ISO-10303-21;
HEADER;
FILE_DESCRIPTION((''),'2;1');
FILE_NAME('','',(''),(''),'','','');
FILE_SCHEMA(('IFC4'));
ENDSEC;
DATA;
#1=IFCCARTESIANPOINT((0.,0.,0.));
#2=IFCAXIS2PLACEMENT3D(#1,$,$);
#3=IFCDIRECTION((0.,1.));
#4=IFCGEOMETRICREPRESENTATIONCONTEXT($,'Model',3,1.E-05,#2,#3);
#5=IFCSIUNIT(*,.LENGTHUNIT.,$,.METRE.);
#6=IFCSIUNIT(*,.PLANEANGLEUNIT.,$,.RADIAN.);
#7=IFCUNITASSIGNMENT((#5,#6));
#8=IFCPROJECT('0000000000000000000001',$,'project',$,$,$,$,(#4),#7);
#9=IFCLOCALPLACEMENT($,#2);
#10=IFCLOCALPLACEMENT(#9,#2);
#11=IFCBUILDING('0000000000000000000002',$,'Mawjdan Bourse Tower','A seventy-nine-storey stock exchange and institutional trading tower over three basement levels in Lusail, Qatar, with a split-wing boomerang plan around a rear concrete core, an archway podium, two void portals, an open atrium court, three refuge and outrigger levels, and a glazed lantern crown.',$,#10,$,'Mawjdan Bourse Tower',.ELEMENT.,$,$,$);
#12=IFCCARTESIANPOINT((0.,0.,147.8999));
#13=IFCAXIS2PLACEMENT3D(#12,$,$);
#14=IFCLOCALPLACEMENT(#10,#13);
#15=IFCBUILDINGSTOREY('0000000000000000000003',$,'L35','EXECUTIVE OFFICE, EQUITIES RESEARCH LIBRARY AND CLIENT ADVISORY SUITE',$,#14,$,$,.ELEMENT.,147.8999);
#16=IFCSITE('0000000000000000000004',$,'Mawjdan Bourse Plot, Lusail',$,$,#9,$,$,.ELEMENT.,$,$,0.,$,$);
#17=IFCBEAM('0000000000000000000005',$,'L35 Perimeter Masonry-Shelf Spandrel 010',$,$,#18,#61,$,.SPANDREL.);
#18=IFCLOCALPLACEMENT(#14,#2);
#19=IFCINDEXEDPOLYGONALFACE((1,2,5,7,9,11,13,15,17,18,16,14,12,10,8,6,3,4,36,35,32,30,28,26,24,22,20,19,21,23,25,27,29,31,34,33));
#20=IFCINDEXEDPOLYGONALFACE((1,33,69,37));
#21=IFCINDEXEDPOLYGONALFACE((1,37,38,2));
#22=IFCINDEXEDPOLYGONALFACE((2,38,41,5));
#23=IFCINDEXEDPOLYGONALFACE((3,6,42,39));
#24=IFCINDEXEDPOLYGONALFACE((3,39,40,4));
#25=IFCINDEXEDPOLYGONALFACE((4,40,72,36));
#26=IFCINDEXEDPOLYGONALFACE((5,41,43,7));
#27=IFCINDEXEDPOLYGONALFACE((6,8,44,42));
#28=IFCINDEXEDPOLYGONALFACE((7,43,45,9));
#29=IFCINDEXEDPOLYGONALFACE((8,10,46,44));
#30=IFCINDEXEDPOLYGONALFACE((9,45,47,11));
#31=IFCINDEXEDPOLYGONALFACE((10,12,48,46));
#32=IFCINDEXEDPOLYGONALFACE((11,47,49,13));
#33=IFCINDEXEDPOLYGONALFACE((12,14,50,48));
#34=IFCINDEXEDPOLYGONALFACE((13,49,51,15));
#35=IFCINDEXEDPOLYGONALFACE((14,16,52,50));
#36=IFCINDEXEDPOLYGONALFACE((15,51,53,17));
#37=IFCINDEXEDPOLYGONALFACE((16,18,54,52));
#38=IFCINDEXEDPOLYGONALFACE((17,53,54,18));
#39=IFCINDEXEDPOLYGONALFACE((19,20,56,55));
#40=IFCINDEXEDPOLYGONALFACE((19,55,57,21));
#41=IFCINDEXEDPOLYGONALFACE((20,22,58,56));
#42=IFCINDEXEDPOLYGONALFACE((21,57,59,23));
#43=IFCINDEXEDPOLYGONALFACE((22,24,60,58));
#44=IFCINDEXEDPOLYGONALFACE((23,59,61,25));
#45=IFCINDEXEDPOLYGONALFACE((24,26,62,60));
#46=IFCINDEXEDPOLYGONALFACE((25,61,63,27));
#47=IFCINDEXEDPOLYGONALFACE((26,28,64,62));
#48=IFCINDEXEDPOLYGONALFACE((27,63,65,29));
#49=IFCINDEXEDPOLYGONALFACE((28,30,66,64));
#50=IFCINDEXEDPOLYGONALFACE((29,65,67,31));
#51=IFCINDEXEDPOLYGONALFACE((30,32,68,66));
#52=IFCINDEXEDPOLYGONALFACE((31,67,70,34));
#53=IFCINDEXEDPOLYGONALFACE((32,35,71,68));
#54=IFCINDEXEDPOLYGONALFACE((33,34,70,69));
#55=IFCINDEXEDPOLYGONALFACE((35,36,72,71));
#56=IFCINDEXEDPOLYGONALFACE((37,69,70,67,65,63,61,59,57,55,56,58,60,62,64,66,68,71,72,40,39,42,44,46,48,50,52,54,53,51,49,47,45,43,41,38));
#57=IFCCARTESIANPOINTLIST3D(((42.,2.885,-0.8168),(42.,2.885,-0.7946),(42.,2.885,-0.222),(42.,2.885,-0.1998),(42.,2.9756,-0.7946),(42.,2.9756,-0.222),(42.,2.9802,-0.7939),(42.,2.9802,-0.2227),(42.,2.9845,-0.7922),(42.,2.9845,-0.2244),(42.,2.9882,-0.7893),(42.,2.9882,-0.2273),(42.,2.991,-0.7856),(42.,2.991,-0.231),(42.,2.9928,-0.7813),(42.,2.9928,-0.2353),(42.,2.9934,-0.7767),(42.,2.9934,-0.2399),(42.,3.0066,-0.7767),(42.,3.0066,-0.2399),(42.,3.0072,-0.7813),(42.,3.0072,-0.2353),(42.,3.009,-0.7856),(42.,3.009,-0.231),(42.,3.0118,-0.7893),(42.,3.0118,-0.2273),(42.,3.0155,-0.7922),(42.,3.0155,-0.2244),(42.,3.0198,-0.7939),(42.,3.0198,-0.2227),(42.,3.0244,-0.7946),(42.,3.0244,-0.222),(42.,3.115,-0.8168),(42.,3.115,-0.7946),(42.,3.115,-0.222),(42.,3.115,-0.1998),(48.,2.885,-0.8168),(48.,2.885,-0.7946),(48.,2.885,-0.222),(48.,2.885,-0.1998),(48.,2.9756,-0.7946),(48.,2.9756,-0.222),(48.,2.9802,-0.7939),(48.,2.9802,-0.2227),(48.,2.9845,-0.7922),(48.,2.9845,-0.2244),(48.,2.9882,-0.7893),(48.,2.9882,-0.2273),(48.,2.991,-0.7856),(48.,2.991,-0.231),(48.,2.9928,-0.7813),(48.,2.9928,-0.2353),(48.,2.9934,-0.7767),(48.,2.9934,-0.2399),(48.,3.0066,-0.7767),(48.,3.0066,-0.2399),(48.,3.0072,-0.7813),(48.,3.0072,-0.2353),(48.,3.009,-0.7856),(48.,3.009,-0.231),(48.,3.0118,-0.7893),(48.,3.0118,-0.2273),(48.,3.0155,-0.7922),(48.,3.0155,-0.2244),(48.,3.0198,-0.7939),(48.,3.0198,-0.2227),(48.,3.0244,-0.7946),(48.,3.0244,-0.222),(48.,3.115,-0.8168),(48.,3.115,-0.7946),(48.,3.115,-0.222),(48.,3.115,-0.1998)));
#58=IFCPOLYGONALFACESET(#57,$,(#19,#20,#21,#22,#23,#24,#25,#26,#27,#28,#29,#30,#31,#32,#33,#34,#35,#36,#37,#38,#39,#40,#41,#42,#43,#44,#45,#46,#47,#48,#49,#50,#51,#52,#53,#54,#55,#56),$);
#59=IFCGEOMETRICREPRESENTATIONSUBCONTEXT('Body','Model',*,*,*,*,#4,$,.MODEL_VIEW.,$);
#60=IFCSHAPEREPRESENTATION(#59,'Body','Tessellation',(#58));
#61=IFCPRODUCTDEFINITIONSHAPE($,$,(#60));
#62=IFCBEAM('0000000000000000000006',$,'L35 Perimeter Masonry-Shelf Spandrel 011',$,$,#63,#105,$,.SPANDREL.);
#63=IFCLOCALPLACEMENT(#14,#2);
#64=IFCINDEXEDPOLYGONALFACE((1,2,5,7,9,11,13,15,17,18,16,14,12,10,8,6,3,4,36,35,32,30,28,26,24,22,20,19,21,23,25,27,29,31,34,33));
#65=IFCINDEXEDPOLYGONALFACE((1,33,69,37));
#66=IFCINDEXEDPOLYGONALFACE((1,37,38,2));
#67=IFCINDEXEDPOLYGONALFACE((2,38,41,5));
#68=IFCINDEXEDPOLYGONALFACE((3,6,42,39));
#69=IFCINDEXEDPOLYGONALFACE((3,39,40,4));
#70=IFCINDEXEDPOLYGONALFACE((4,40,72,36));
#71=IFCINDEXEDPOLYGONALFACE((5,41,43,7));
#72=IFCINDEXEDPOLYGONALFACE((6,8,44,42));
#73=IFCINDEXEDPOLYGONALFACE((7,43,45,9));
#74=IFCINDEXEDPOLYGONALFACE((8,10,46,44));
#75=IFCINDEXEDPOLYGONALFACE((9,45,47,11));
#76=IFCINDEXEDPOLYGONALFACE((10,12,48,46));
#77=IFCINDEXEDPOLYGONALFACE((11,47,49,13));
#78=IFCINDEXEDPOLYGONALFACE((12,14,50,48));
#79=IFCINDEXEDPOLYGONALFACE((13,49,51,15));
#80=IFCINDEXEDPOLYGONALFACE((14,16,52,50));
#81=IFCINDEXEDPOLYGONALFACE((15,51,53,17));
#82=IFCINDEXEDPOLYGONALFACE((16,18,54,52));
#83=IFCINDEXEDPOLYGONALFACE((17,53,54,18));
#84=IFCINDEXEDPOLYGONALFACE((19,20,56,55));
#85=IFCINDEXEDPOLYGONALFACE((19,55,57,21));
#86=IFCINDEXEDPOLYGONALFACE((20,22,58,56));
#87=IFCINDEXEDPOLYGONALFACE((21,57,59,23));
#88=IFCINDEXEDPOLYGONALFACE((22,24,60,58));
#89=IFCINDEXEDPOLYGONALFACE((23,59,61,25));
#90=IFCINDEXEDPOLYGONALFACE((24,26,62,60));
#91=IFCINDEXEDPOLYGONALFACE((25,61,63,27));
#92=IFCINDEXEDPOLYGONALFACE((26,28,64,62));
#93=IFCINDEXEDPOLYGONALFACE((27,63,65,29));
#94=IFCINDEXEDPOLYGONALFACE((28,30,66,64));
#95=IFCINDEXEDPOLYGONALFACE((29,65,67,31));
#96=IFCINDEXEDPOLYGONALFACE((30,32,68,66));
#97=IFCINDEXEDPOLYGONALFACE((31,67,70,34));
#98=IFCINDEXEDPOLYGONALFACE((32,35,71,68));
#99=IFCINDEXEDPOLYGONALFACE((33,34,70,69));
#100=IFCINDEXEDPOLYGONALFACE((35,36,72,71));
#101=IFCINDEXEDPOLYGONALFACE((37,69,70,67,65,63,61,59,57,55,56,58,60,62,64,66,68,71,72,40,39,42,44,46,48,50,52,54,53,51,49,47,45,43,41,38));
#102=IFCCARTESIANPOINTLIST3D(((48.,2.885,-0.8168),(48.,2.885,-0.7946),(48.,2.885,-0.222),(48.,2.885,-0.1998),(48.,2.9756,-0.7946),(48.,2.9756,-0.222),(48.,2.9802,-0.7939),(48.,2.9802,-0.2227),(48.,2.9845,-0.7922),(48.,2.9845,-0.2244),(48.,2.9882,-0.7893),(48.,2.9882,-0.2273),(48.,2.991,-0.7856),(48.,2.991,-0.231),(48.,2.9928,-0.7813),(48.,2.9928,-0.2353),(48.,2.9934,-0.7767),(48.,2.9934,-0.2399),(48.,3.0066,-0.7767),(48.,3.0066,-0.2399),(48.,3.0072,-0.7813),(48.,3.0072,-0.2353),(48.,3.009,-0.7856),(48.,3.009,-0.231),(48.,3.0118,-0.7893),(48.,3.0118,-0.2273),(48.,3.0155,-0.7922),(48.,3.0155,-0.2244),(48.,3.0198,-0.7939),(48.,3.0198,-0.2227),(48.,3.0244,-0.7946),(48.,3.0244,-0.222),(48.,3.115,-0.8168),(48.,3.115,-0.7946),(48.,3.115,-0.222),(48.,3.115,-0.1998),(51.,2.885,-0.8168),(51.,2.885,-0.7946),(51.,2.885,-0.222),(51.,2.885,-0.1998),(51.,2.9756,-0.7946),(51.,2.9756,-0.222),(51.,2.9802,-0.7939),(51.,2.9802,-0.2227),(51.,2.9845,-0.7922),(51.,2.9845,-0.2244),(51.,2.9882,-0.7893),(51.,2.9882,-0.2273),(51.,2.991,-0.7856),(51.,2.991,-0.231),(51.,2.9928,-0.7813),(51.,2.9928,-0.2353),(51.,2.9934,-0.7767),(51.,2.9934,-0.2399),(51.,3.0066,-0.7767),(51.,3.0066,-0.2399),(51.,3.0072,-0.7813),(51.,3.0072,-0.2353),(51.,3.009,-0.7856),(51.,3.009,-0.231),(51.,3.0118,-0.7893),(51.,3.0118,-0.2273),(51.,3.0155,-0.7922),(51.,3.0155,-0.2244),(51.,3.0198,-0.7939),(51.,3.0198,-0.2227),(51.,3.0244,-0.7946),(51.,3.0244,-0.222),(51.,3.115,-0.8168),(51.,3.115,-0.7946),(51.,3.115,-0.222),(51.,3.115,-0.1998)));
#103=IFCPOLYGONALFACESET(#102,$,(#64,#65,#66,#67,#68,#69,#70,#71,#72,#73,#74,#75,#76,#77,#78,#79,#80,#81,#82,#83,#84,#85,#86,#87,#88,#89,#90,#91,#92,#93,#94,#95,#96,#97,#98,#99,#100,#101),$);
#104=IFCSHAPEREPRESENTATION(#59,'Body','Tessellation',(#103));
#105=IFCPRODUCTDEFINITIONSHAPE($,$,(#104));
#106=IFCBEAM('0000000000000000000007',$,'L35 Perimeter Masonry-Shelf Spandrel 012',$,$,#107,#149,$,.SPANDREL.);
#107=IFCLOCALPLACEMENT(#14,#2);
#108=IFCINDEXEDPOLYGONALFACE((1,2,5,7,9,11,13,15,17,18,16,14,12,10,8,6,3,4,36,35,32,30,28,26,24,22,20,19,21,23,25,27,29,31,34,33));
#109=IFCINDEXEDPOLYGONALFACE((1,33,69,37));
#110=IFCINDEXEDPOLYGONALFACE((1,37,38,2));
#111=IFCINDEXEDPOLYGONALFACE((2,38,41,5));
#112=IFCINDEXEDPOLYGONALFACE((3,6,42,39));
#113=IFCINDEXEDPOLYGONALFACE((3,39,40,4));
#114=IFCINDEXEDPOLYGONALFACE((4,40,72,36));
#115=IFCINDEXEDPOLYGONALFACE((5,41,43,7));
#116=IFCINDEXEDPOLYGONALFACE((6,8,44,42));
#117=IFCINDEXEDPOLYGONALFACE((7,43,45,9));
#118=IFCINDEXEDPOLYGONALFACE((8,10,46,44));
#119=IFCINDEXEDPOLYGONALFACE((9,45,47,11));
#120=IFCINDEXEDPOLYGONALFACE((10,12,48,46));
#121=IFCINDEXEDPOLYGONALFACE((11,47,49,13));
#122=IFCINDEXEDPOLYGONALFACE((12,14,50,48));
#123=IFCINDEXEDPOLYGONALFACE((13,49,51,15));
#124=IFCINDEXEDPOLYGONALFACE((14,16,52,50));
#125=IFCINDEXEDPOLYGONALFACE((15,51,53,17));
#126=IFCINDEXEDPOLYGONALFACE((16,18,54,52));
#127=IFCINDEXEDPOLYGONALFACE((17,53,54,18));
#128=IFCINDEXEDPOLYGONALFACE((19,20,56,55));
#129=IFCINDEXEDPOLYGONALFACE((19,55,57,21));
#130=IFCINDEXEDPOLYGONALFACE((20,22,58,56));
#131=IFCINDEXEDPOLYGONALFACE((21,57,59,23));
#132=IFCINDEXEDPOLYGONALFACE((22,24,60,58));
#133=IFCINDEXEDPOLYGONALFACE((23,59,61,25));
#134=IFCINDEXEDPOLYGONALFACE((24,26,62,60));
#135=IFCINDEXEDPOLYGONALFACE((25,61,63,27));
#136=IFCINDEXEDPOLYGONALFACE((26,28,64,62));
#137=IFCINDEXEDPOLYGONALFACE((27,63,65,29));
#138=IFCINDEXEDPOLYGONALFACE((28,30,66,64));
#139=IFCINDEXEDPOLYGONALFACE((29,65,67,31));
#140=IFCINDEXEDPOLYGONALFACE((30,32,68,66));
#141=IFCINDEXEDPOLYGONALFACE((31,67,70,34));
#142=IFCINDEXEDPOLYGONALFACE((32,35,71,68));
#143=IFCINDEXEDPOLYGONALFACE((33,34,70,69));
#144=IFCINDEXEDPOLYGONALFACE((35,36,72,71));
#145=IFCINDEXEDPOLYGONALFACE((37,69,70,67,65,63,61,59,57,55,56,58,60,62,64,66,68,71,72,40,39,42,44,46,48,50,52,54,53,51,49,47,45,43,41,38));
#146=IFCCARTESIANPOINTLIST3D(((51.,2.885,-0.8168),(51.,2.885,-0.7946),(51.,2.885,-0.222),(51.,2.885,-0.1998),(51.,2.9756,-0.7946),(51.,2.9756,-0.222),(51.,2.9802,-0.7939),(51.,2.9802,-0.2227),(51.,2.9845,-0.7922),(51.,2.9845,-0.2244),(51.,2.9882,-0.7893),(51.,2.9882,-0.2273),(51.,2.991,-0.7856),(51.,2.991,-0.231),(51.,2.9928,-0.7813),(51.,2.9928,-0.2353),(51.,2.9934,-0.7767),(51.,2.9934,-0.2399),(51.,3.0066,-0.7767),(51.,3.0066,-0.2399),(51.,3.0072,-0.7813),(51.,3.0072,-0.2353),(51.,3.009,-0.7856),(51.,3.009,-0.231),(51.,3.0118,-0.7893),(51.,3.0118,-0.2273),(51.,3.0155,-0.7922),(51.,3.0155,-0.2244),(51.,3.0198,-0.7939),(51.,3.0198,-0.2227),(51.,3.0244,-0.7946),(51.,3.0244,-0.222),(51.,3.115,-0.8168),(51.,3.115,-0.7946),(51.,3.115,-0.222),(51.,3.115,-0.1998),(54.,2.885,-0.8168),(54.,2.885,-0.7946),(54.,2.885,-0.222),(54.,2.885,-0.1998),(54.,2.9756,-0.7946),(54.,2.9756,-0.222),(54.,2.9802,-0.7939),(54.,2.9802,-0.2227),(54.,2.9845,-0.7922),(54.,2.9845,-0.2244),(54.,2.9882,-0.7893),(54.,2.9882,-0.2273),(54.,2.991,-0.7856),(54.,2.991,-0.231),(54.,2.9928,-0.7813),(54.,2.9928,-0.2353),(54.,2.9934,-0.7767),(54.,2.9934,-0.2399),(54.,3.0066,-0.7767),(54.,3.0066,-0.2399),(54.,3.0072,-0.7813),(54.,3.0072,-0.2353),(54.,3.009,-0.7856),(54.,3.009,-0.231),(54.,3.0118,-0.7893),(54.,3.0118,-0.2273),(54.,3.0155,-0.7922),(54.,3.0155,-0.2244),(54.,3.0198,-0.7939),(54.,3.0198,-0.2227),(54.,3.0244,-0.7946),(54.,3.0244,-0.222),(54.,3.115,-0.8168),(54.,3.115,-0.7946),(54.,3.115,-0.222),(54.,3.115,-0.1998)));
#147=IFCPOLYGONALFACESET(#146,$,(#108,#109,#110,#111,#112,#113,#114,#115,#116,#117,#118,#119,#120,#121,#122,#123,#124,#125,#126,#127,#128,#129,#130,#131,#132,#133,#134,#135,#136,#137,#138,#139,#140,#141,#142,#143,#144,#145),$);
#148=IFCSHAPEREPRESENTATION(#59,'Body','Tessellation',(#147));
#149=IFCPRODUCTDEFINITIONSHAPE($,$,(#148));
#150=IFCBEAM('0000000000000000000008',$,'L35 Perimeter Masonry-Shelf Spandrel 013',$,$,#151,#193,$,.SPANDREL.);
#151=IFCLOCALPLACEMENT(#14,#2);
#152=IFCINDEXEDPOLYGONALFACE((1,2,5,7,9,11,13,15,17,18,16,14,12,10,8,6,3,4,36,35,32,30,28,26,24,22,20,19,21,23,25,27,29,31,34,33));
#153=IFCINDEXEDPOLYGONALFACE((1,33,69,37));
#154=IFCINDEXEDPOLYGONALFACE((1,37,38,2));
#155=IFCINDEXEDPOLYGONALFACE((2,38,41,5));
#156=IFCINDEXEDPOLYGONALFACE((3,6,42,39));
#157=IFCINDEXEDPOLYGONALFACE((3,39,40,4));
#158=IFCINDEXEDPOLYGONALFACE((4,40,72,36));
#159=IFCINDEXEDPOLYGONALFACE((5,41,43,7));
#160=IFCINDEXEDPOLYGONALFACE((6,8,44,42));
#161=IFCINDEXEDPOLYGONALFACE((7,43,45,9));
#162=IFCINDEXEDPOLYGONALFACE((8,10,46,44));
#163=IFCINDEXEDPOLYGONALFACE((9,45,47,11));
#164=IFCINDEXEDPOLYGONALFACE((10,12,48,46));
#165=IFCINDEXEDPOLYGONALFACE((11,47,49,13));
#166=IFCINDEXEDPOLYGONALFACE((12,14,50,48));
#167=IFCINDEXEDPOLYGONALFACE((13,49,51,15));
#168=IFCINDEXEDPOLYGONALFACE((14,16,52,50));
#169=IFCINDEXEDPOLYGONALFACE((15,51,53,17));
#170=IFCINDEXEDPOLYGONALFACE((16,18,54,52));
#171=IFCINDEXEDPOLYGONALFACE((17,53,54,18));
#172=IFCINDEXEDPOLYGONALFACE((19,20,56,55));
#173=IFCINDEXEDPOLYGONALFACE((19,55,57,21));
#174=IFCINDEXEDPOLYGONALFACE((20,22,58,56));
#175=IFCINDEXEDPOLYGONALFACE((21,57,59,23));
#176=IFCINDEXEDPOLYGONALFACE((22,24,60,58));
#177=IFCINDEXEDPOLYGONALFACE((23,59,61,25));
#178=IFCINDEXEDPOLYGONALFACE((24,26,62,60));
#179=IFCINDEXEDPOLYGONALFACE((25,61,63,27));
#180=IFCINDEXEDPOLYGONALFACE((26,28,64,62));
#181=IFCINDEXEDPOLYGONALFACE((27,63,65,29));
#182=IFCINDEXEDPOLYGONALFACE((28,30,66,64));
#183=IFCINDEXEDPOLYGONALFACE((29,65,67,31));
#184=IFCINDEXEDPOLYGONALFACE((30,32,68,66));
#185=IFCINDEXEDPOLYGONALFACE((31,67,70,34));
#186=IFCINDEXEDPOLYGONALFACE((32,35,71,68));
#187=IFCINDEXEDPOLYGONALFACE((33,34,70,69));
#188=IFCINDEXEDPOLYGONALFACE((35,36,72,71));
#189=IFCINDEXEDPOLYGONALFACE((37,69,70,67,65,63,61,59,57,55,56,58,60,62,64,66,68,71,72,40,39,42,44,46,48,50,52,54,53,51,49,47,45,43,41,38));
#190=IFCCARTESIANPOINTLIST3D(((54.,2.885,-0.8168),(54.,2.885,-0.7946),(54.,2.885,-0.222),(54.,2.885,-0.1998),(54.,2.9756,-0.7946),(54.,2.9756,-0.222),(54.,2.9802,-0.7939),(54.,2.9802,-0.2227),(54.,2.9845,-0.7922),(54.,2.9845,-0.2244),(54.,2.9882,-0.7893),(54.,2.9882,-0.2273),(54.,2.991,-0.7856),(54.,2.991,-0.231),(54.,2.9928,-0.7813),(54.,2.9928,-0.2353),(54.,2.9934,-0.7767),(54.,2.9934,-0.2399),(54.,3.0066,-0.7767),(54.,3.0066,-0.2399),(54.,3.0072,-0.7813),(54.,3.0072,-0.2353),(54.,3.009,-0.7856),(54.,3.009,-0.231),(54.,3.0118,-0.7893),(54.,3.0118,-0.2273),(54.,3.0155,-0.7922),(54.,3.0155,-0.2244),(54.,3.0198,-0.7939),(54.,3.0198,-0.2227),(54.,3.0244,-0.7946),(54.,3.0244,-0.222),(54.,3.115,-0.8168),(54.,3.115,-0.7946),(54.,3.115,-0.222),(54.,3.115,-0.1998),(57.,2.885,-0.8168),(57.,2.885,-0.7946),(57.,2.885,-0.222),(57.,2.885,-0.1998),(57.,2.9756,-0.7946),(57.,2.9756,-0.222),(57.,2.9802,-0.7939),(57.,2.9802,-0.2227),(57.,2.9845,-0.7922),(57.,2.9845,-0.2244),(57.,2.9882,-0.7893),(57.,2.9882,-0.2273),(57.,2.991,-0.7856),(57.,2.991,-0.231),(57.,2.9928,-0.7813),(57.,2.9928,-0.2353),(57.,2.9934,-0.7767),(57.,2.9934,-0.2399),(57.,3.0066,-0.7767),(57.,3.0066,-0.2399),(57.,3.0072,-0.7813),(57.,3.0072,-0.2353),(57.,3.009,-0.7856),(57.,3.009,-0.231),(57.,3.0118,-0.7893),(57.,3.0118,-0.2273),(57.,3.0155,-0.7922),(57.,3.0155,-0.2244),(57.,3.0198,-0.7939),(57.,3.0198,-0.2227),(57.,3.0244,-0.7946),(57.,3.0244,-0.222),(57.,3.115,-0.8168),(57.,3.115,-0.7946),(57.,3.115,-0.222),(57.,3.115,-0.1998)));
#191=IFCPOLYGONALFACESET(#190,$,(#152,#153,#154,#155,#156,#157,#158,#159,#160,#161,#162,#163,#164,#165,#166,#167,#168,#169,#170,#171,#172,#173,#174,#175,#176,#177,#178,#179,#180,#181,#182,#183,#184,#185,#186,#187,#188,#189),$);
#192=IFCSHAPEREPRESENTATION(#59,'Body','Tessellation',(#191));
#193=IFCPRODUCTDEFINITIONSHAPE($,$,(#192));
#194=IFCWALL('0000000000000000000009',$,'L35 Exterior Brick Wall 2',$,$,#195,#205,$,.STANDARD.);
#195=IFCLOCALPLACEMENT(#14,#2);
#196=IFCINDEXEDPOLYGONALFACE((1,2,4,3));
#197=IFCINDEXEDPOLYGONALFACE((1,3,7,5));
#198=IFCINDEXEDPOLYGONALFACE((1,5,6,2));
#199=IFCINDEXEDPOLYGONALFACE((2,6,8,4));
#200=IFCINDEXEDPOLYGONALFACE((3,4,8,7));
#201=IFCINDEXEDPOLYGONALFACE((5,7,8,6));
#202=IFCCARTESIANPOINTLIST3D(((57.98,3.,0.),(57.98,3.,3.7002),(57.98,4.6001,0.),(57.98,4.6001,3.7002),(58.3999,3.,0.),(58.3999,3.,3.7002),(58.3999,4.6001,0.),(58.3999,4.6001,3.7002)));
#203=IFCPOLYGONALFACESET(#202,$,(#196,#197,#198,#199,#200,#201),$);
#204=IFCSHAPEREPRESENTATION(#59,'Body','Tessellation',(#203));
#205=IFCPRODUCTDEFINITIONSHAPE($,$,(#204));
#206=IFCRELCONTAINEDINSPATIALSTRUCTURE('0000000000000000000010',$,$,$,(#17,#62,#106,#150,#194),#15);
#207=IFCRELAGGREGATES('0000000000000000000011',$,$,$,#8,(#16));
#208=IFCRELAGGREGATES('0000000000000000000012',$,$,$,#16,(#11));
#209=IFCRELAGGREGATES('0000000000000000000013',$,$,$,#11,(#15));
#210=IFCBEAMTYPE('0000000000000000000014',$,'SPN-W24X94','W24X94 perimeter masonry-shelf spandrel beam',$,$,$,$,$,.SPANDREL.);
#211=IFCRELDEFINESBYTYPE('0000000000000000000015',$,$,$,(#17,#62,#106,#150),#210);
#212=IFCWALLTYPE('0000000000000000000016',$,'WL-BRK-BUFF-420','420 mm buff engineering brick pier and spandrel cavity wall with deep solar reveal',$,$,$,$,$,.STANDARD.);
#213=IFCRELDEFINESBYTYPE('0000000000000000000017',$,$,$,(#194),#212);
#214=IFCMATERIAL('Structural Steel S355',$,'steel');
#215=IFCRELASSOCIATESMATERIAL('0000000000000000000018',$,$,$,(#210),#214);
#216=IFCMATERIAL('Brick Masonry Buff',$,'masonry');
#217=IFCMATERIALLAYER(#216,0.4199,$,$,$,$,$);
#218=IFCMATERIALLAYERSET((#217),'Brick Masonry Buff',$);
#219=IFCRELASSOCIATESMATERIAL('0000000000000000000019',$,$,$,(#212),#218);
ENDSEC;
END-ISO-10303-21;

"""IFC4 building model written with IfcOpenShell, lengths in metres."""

from ifc_helpers import new_model, si_unit, direction, frame, frame_2d, origin, origin_2d, place, context, subcontext, project, spatial, rectangle, i_section, extrude, material, layer, layer_set, material_profile, profile_set, type_object, element, save


model = new_model("IFC4")

# Units and contexts
model_context = context("Model", 3, precision=1e-05, world=origin(), true_north=direction((0.0, 1.0)))
body_context = subcontext(model_context, "Body", "Model", "MODEL_VIEW")
ifc_project = project(units=[si_unit("LENGTHUNIT", "METRE"), si_unit("PLANEANGLEUNIT", "RADIAN")], contexts=[model_context])

# Site, building, storey
site_placement = place(None, origin())
site = spatial("IfcSite", under=ifc_project, at=site_placement, Name="Mawjdan Bourse Plot, Lusail", CompositionType="ELEMENT", RefElevation=0.0)
building_placement = place(site_placement, origin())
building = spatial("IfcBuilding", under=site, at=building_placement, Name="Mawjdan Bourse Tower", Description="A seventy-nine-storey stock exchange and institutional trading tower over three basement levels in Lusail, Qatar, with a split-wing boomerang plan around a rear concrete core, an archway podium, two void portals, an open atrium court, three refuge and outrigger levels, and a glazed lantern crown.", LongName="Mawjdan Bourse Tower", CompositionType="ELEMENT")
storey_placement = place(building_placement, frame((0.0, 0.0, 147.8999)))
storey = spatial("IfcBuildingStorey", under=building, at=storey_placement, Name="L35", Description="EXECUTIVE OFFICE, EQUITIES RESEARCH LIBRARY AND CLIENT ADVISORY SUITE", CompositionType="ELEMENT", Elevation=147.8999)

# Beams
ifc_material_1 = material(Name="Structural Steel S355", Category="steel")
ifc_material_profile_1 = material_profile(ifc_material_1, i_section(OverallWidth=0.23, OverallDepth=0.6169, WebThickness=0.0132, FlangeThickness=0.0222, FilletRadius=0.0178, at=origin_2d()), Name="W24X94")
ifc_profile_set_1 = profile_set([ifc_material_profile_1], Name="Structural Steel S355")
beam_type_1 = type_object("IfcBeamType", Name="SPN-W24X94", Description="W24X94 perimeter masonry-shelf spandrel beam", PredefinedType="SPANDREL", material=ifc_profile_set_1)
beam_1_placement = place(storey_placement, frame((42.0, 3.0, -0.5083), z_axis=(1.0, 0.0, 0.0), x_axis=(0.0, 1.0, 0.0)))
element("IfcBeam", 1, at=beam_1_placement, inside=storey, type_object=beam_type_1, Name="L35 Perimeter Masonry-Shelf Spandrel 010", PredefinedType="SPANDREL", context=body_context, shape_type="SweptSolid", body=[
    extrude(i_section(OverallWidth=0.23, OverallDepth=0.6169, WebThickness=0.0132, FlangeThickness=0.0222, FilletRadius=0.0178, at=origin_2d()), origin(), (0.0, 0.0, 1.0), 6.0),
])
for number, where, z_axis, x_axis, name in (
    (2, (48.0, 3.0, -0.5083), (1.0, 0.0, 0.0), (0.0, 1.0, 0.0), "L35 Perimeter Masonry-Shelf Spandrel 011"),
    (3, (51.0, 3.0, -0.5083), (1.0, 0.0, 0.0), (0.0, 1.0, 0.0), "L35 Perimeter Masonry-Shelf Spandrel 012"),
    (4, (54.0, 3.0, -0.5083), (1.0, 0.0, 0.0), (0.0, 1.0, 0.0), "L35 Perimeter Masonry-Shelf Spandrel 013"),
):
    element("IfcBeam", number, at=place(storey_placement, frame(where, z_axis=z_axis, x_axis=x_axis)), inside=storey, type_object=beam_type_1, Name=name, PredefinedType="SPANDREL", context=body_context, shape_type="SweptSolid", body=[
        extrude(i_section(OverallWidth=0.23, OverallDepth=0.6169, WebThickness=0.0132, FlangeThickness=0.0222, FilletRadius=0.0178, at=origin_2d()), origin(), (0.0, 0.0, 1.0), 3.0),
    ])

# Wall
ifc_material_2 = material(Name="Brick Masonry Buff", Category="masonry")
ifc_layer_1 = layer(ifc_material_2, 0.4199)
ifc_layer_set_1 = layer_set([ifc_layer_1], Name="Brick Masonry Buff")
wall_type_1 = type_object("IfcWallType", Name="WL-BRK-BUFF-420", Description="420 mm buff engineering brick pier and spandrel cavity wall with deep solar reveal", PredefinedType="STANDARD", material=ifc_layer_set_1)
for number, where, z_axis, x_axis, name in (
    (5, (58.1899, 3.0, 0.0), (0.0, 0.0, 1.0), (0.0, 1.0, 0.0), "L35 Exterior Brick Wall 2"),
):
    element("IfcWall", number, at=place(storey_placement, frame(where, z_axis=z_axis, x_axis=x_axis)), inside=storey, type_object=wall_type_1, Name=name, PredefinedType="STANDARD", context=body_context, shape_type="SweptSolid", body=[
        extrude(rectangle(XDim=1.6001, YDim=0.4199, at=frame_2d((0.8, 0.0))), origin(), (0.0, 0.0, 1.0), 3.7002),
    ])

save(model, "model.ifc")
